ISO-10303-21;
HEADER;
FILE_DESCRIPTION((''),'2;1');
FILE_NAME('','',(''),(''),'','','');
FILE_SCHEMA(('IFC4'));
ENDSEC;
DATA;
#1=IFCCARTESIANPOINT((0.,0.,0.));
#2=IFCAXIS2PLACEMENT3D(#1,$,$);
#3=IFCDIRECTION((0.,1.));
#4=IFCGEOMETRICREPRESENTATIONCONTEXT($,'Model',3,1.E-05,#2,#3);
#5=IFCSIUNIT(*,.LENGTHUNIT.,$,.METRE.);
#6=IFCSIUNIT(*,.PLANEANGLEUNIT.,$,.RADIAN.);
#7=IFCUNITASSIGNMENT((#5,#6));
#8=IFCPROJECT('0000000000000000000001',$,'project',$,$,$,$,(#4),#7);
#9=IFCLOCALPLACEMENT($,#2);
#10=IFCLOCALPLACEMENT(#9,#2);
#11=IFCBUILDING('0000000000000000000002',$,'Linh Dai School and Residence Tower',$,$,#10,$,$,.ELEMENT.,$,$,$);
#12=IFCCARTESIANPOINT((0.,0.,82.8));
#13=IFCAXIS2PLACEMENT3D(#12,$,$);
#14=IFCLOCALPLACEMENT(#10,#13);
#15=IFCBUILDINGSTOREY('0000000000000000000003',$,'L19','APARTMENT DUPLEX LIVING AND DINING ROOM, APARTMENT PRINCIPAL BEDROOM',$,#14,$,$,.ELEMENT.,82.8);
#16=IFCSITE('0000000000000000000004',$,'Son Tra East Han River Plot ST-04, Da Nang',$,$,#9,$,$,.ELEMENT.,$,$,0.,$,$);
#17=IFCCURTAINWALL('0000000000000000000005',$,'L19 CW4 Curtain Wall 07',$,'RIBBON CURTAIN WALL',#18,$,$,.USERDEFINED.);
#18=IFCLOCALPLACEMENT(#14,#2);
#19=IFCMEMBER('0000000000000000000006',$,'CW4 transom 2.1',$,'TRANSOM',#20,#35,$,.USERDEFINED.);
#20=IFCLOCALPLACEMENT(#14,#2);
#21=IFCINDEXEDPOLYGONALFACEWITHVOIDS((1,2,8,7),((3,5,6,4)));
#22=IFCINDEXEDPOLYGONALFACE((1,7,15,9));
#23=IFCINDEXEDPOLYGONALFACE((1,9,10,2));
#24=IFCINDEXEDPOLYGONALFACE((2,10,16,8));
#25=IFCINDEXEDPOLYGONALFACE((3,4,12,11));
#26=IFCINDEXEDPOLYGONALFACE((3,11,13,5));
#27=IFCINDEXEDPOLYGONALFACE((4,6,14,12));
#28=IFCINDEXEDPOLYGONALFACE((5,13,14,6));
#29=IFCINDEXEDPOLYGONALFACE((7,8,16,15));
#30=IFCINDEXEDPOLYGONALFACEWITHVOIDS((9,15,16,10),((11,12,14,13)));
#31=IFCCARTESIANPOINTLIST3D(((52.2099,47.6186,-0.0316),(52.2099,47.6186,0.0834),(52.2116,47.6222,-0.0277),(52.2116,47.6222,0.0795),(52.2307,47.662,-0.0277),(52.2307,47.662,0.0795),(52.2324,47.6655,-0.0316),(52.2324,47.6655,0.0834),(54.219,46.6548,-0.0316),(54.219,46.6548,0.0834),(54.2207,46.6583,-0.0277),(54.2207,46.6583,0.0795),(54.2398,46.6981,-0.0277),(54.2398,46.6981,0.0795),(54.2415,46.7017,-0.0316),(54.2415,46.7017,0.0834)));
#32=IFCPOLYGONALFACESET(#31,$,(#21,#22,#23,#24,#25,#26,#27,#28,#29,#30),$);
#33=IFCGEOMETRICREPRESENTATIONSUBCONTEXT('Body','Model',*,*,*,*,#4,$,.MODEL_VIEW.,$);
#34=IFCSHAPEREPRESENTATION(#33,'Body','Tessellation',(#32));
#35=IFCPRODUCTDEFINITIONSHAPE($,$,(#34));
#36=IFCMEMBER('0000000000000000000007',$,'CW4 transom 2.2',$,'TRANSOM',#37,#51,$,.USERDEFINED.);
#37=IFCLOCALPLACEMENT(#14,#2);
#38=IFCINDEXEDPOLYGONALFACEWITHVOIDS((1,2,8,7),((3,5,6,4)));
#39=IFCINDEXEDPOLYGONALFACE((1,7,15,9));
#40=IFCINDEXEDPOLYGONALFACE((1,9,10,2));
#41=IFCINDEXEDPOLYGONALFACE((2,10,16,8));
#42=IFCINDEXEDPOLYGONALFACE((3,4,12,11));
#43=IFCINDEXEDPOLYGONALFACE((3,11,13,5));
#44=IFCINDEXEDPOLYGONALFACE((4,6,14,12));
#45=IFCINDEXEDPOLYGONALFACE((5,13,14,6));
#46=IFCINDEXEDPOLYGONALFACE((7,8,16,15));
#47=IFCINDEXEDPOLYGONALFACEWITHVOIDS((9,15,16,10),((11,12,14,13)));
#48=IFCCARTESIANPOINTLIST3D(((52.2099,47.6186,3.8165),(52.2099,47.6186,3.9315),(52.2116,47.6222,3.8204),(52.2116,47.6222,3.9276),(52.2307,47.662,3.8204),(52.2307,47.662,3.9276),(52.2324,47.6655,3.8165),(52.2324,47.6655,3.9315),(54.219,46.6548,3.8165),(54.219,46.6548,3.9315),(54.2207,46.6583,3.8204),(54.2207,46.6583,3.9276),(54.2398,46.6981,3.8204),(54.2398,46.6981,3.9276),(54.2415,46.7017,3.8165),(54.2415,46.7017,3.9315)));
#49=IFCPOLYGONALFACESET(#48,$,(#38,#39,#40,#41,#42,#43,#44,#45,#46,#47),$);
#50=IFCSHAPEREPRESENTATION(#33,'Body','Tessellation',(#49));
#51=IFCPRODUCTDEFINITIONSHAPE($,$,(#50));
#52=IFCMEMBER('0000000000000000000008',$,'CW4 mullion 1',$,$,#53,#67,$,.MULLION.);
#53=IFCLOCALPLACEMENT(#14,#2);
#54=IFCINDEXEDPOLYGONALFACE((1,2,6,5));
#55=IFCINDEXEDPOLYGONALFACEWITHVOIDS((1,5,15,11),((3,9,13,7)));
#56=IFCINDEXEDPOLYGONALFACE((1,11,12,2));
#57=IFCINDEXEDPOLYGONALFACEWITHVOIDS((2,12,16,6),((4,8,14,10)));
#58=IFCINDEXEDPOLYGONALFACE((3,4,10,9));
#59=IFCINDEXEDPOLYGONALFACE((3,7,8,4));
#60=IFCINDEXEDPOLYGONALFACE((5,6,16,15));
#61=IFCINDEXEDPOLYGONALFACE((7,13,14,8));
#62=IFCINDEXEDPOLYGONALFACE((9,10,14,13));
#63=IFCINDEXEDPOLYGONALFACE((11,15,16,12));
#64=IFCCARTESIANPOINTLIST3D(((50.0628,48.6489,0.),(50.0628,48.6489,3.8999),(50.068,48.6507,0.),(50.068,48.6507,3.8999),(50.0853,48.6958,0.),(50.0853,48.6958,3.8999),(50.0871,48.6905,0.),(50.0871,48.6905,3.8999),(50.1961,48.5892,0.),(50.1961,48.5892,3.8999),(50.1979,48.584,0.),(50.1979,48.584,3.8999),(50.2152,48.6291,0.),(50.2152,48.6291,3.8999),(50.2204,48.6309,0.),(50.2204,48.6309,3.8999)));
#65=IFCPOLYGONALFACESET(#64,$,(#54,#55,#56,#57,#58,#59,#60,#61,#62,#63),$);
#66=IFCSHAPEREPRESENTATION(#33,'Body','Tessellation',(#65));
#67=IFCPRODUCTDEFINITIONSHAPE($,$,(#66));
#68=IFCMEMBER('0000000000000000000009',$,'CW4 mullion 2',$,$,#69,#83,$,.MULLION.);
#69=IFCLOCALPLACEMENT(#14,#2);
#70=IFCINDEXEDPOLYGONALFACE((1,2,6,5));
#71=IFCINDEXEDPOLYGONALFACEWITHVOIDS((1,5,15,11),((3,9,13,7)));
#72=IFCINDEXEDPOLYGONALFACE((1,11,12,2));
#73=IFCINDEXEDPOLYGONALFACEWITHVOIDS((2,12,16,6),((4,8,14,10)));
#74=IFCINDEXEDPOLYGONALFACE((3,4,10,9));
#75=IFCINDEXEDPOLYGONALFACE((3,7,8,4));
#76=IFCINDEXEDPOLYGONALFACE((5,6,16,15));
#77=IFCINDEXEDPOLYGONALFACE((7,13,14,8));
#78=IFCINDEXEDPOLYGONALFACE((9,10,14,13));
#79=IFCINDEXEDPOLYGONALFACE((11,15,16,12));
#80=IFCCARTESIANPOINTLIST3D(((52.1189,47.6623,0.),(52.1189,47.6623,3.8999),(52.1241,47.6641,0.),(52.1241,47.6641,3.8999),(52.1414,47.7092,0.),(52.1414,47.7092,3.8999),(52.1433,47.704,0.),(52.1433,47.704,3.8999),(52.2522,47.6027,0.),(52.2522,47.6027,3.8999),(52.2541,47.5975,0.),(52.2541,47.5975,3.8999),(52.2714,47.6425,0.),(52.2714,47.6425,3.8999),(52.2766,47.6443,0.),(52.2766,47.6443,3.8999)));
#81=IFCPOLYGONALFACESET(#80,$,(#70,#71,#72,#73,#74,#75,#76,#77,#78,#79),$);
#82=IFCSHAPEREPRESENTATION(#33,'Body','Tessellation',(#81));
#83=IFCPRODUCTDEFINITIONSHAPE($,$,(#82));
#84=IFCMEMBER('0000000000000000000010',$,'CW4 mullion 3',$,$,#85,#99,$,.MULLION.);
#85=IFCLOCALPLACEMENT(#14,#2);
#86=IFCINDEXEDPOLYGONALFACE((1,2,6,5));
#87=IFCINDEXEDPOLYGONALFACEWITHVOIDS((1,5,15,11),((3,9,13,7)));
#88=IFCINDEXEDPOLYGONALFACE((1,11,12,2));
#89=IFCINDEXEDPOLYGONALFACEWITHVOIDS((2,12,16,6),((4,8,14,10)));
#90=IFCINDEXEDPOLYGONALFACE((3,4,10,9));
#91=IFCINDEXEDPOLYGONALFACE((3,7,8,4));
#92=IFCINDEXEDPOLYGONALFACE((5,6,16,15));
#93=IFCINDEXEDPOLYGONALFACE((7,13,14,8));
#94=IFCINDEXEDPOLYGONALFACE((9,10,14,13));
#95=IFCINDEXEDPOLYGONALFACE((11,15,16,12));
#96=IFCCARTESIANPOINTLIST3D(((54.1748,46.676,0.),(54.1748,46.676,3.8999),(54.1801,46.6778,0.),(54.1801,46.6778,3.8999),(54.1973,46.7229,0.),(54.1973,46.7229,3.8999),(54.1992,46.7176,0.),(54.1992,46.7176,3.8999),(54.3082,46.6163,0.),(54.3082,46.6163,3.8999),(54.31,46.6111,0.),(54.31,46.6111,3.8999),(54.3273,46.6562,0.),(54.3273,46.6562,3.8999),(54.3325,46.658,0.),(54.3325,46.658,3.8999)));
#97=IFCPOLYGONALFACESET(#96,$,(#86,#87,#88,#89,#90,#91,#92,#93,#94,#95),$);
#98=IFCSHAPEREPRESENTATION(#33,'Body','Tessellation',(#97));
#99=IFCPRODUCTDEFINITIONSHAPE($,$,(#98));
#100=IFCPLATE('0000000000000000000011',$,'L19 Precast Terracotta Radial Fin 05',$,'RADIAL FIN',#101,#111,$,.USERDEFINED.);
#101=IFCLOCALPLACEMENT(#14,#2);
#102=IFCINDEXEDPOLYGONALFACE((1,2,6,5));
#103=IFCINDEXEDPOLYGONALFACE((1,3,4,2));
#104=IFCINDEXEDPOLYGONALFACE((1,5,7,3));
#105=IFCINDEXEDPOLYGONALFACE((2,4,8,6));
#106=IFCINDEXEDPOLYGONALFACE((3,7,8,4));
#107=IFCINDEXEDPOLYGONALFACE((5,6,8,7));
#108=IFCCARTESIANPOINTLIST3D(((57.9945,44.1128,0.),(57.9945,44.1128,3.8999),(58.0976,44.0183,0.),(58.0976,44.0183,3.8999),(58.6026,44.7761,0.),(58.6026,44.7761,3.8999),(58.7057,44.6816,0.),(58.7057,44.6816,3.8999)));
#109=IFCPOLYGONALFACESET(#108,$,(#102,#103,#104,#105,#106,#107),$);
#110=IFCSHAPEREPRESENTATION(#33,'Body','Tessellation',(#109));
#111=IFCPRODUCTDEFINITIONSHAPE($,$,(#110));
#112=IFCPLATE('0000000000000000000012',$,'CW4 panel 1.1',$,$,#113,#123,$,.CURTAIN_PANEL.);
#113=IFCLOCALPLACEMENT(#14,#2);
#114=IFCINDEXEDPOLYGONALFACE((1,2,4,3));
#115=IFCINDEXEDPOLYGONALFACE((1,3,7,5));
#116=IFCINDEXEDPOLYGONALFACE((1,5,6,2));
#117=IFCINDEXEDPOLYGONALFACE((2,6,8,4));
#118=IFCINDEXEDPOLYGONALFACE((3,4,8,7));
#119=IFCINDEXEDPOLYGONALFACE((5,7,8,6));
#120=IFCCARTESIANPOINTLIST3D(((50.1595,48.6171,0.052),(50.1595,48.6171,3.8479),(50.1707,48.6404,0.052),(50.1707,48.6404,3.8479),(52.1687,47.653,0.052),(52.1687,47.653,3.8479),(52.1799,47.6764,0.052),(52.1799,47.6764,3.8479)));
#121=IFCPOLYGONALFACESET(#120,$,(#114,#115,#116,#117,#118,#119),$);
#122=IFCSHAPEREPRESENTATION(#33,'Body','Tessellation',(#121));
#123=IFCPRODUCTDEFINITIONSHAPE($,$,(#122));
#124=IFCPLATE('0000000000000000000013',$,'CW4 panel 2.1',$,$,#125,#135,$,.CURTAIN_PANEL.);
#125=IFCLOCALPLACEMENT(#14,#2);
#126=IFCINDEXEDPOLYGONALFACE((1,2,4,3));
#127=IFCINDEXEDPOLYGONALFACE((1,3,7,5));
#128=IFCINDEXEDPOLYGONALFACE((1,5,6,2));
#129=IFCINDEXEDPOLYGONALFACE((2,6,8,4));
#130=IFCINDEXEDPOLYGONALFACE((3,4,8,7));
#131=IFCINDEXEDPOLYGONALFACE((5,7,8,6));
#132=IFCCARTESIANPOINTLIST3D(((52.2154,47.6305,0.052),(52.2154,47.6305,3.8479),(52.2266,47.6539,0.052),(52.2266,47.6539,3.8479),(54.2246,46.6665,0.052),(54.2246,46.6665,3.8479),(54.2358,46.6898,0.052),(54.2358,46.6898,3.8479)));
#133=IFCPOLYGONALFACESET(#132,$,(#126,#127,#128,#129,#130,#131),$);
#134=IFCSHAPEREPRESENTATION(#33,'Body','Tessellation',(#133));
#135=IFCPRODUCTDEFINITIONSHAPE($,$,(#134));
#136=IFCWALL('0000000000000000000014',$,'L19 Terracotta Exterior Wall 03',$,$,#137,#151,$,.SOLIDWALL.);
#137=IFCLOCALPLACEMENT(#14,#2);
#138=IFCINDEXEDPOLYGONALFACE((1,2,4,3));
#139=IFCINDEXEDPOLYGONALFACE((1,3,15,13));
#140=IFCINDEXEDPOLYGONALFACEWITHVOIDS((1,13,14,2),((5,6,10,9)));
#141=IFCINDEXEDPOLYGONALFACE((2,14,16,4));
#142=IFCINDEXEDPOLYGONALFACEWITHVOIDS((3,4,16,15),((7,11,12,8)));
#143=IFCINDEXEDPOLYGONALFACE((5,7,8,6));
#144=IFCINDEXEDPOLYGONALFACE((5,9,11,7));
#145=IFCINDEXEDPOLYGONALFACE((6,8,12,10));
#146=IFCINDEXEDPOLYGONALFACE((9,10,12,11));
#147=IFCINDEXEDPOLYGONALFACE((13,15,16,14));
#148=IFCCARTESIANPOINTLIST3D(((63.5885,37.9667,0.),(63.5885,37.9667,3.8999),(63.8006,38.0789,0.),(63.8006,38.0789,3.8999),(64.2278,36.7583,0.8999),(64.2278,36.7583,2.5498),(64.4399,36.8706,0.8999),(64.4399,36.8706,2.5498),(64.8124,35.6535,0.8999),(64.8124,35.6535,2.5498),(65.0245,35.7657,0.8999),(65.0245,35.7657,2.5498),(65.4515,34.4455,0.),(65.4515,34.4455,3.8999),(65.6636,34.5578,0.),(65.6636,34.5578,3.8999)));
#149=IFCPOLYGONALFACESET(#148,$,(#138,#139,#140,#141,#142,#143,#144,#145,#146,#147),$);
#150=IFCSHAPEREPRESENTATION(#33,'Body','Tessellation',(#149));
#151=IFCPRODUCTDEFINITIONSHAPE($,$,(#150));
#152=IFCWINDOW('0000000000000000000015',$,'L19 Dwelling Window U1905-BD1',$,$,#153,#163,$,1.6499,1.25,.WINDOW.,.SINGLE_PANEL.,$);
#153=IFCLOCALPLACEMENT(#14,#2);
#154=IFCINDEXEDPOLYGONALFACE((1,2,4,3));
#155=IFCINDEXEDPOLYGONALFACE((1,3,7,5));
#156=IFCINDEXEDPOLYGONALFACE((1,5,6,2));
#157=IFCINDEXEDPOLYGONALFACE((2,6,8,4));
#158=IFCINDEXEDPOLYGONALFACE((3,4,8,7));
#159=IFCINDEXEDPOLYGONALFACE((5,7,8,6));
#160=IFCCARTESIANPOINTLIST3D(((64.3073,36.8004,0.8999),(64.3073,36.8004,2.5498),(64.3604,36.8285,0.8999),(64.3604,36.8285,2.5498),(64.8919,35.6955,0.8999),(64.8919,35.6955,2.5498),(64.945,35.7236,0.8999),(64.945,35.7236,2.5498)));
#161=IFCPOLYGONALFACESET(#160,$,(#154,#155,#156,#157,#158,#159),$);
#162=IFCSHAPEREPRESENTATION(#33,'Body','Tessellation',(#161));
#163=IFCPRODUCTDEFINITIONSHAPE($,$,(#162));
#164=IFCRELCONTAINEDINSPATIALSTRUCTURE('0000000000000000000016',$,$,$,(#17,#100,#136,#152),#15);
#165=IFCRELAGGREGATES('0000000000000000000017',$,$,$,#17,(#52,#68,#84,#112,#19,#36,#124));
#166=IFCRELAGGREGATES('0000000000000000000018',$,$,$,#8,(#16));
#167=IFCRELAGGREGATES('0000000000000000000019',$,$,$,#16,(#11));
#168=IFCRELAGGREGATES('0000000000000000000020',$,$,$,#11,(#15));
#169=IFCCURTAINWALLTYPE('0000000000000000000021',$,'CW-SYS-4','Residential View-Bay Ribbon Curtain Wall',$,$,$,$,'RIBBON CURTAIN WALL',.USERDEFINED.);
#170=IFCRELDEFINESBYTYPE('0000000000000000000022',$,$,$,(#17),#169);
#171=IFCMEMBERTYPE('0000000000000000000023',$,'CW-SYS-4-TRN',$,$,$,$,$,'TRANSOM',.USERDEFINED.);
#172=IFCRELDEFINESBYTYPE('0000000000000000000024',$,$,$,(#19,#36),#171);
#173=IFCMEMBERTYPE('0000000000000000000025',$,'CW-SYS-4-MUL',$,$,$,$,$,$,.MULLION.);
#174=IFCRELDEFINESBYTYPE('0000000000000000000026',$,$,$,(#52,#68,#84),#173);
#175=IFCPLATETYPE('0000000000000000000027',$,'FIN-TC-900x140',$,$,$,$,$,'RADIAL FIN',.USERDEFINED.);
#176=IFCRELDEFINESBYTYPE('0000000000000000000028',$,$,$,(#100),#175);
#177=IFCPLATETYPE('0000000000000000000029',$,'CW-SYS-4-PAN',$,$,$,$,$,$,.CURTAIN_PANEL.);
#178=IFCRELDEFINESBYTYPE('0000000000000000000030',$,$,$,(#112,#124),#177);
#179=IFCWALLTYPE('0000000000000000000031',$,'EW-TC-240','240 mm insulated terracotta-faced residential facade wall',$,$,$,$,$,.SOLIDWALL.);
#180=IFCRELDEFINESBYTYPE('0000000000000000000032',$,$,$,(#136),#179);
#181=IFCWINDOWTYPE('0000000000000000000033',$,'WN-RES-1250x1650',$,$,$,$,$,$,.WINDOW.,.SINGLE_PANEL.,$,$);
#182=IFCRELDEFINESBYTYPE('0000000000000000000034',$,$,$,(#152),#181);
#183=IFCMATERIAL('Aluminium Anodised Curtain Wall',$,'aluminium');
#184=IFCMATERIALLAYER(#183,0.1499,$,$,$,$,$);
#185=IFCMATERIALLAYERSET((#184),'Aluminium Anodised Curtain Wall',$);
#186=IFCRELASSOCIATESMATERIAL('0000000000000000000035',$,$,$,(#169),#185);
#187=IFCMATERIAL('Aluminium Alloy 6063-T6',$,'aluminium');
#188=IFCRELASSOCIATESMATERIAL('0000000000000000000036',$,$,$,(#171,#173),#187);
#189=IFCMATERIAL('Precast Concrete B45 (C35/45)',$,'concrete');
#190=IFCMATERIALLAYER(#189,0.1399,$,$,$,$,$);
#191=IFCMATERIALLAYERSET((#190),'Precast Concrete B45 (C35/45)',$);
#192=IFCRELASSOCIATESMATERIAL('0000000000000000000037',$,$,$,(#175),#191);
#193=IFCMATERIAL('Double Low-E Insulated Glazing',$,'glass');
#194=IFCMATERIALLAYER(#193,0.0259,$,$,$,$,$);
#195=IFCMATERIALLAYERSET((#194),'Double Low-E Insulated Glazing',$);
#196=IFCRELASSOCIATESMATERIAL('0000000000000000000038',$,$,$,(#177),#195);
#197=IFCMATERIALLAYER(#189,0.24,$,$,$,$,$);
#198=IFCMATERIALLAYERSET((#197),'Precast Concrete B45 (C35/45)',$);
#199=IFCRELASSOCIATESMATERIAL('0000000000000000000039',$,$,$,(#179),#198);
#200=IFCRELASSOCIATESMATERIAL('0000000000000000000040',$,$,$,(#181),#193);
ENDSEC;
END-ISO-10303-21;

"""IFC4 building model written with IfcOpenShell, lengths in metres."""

from ifc_helpers import new_model, si_unit, direction, frame, frame_2d, origin, origin_2d, place, context, subcontext, project, spatial, rectangle, hollow_rectangle, extrude, source, transform, mapped, material, layer, layer_set, material_profile, profile_set, type_object, element, fill, aggregate, save


model = new_model("IFC4")

# Units and contexts
model_context = context("Model", 3, precision=1e-05, world=origin(), true_north=direction((0.0, 1.0)))
body_context = subcontext(model_context, "Body", "Model", "MODEL_VIEW")
ifc_project = project(units=[si_unit("LENGTHUNIT", "METRE"), si_unit("PLANEANGLEUNIT", "RADIAN")], contexts=[model_context])

# Site, building, storey
site_placement = place(None, origin())
site = spatial("IfcSite", under=ifc_project, at=site_placement, Name="Son Tra East Han River Plot ST-04, Da Nang", CompositionType="ELEMENT", RefElevation=0.0)
building_placement = place(site_placement, origin())
building = spatial("IfcBuilding", under=site, at=building_placement, Name="Linh Dai School and Residence Tower", CompositionType="ELEMENT")
storey_placement = place(building_placement, frame((0.0, 0.0, 82.8)))
storey = spatial("IfcBuildingStorey", under=building, at=storey_placement, Name="L19", Description="APARTMENT DUPLEX LIVING AND DINING ROOM, APARTMENT PRINCIPAL BEDROOM", CompositionType="ELEMENT", Elevation=82.8)

# Curtain wall, members
ifc_material_1 = material(Name="Aluminium Anodised Curtain Wall", Category="aluminium")
ifc_layer_1 = layer(ifc_material_1, 0.1499)
ifc_layer_set_1 = layer_set([ifc_layer_1], Name="Aluminium Anodised Curtain Wall")
curtain_wall_type = type_object("IfcCurtainWallType", Name="CW-SYS-4", Description="Residential View-Bay Ribbon Curtain Wall", ElementType="RIBBON CURTAIN WALL", PredefinedType="USERDEFINED", material=ifc_layer_set_1)
curtain_wall_placement = place(storey_placement, origin())
curtain_wall = element("IfcCurtainWall", 1, at=curtain_wall_placement, inside=storey, type_object=curtain_wall_type, Name="L19 CW4 Curtain Wall 07", ObjectType="RIBBON CURTAIN WALL", PredefinedType="USERDEFINED")
ifc_material_2 = material(Name="Aluminium Alloy 6063-T6", Category="aluminium")
ifc_material_profile_1 = material_profile(ifc_material_2, hollow_rectangle(XDim=0.052, YDim=0.115, WallThickness=0.0039, at=origin_2d()), Name="RHS 115x52x4")
ifc_profile_set_1 = profile_set([ifc_material_profile_1], Name="Aluminium Alloy 6063-T6")
member_type_1 = type_object("IfcMemberType", Name="CW-SYS-4-TRN", ElementType="TRANSOM", PredefinedType="USERDEFINED", material=ifc_profile_set_1)
shared_shape_1 = source(origin(), body_context, "Body", "SweptSolid", [
    extrude(hollow_rectangle(XDim=0.052, YDim=0.115, WallThickness=0.0039, at=origin_2d()), origin(), (0.0, 0.0, 1.0), 2.2283),
])
member_1_placement = place(storey_placement, frame((52.2212, 47.6421, 0.0259), z_axis=(0.901605, -0.43256, 0.0), x_axis=(0.43256, 0.901605, 0.0)))
member_1 = element("IfcMember", 2, at=member_1_placement, type_object=member_type_1, Name="CW4 transom 2.1", ObjectType="TRANSOM", PredefinedType="USERDEFINED", context=body_context, shape_type="MappedRepresentation", body=[
    mapped(shared_shape_1, transform((0.0, 0.0, 0.0), x_axis=(1.0, 0.0, 0.0), y_axis=(0.0, 1.0, 0.0), z_axis=(0.0, 0.0, 1.0), scale=1.0)),
])
member_2_placement = place(storey_placement, frame((52.2212, 47.6421, 3.874), z_axis=(0.901605, -0.43256, 0.0), x_axis=(0.43256, 0.901605, 0.0)))
member_2 = element("IfcMember", 3, at=member_2_placement, type_object=member_type_1, Name="CW4 transom 2.2", ObjectType="TRANSOM", PredefinedType="USERDEFINED", context=body_context, shape_type="MappedRepresentation", body=[
    mapped(shared_shape_1, transform((0.0, 0.0, 0.0), x_axis=(1.0, 0.0, 0.0), y_axis=(0.0, 1.0, 0.0), z_axis=(0.0, 0.0, 1.0), scale=1.0)),
])
ifc_material_profile_2 = material_profile(ifc_material_2, hollow_rectangle(XDim=0.052, YDim=0.1499, WallThickness=0.0039, at=origin_2d()), Name="RHS 150x52x4")
ifc_profile_set_2 = profile_set([ifc_material_profile_2], Name="Aluminium Alloy 6063-T6")
member_type_2 = type_object("IfcMemberType", Name="CW-SYS-4-MUL", PredefinedType="MULLION", material=ifc_profile_set_2)
shared_shape_2 = source(origin(), body_context, "Body", "SweptSolid", [
    extrude(hollow_rectangle(XDim=0.052, YDim=0.1499, WallThickness=0.0039, at=origin_2d()), origin(), (0.0, 0.0, 1.0), 3.8999),
])
member_3_placement = place(storey_placement, frame((50.1416, 48.6399, 0.0), z_axis=(0.0, 0.0, 1.0), x_axis=(0.432603, 0.901585, 0.0)))
member_3 = element("IfcMember", 4, at=member_3_placement, type_object=member_type_2, Name="CW4 mullion 1", PredefinedType="MULLION", context=body_context, shape_type="MappedRepresentation", body=[
    mapped(shared_shape_2, transform((0.0, 0.0, 0.0), x_axis=(1.0, 0.0, 0.0), y_axis=(0.0, 1.0, 0.0), z_axis=(0.0, 0.0, 1.0), scale=1.0)),
])
member_4_placement = place(storey_placement, frame((52.1978, 47.6533, 0.0), z_axis=(0.0, 0.0, 1.0), x_axis=(0.432603, 0.901585, 0.0)))
member_4 = element("IfcMember", 5, at=member_4_placement, type_object=member_type_2, Name="CW4 mullion 2", PredefinedType="MULLION", context=body_context, shape_type="MappedRepresentation", body=[
    mapped(shared_shape_2, transform((0.0, 0.0, 0.0), x_axis=(1.0, 0.0, 0.0), y_axis=(0.0, 1.0, 0.0), z_axis=(0.0, 0.0, 1.0), scale=1.0)),
])
member_5_placement = place(storey_placement, frame((54.2537, 46.667, 0.0), z_axis=(0.0, 0.0, 1.0), x_axis=(0.432603, 0.901585, 0.0)))
member_5 = element("IfcMember", 6, at=member_5_placement, type_object=member_type_2, Name="CW4 mullion 3", PredefinedType="MULLION", context=body_context, shape_type="MappedRepresentation", body=[
    mapped(shared_shape_2, transform((0.0, 0.0, 0.0), x_axis=(1.0, 0.0, 0.0), y_axis=(0.0, 1.0, 0.0), z_axis=(0.0, 0.0, 1.0), scale=1.0)),
])

# Plates
ifc_material_3 = material(Name="Precast Concrete B45 (C35/45)", Category="concrete")
ifc_layer_2 = layer(ifc_material_3, 0.1399)
ifc_layer_set_2 = layer_set([ifc_layer_2], Name="Precast Concrete B45 (C35/45)")
plate_type_1 = type_object("IfcPlateType", Name="FIN-TC-900x140", ElementType="RADIAL FIN", PredefinedType="USERDEFINED", material=ifc_layer_set_2)
shared_shape_3 = source(origin(), body_context, "Body", "SweptSolid", [
    extrude(rectangle(XDim=0.8999, YDim=0.1399, at=origin_2d()), origin(), (0.0, 0.0, 1.0), 3.8999),
])
plate_1_placement = place(storey_placement, frame((58.3501, 44.3972, 0.0), z_axis=(0.0, 0.0, 1.0), x_axis=(0.675769, 0.737113, 0.0)))
element("IfcPlate", 7, at=plate_1_placement, inside=storey, type_object=plate_type_1, Name="L19 Precast Terracotta Radial Fin 05", ObjectType="RADIAL FIN", PredefinedType="USERDEFINED", context=body_context, shape_type="MappedRepresentation", body=[
    mapped(shared_shape_3, transform((0.0, 0.0, 0.0), x_axis=(1.0, 0.0, 0.0), y_axis=(0.0, 1.0, 0.0), z_axis=(0.0, 0.0, 1.0), scale=1.0)),
])
ifc_material_4 = material(Name="Double Low-E Insulated Glazing", Category="glass")
ifc_layer_3 = layer(ifc_material_4, 0.0259)
ifc_layer_set_3 = layer_set([ifc_layer_3], Name="Double Low-E Insulated Glazing")
plate_type_2 = type_object("IfcPlateType", Name="CW-SYS-4-PAN", PredefinedType="CURTAIN_PANEL", material=ifc_layer_set_3)
shared_shape_4 = source(origin(), body_context, "Body", "SweptSolid", [
    extrude(rectangle(XDim=2.2285, YDim=0.0259, at=origin_2d()), origin(), (0.0, 0.0, 1.0), 3.7959),
])
plate_2_placement = place(storey_placement, frame((51.1697, 48.1467, 0.052), z_axis=(0.0, 0.0, 1.0), x_axis=(0.901585, -0.432603, 0.0)))
plate_2 = element("IfcPlate", 8, at=plate_2_placement, type_object=plate_type_2, Name="CW4 panel 1.1", PredefinedType="CURTAIN_PANEL", context=body_context, shape_type="MappedRepresentation", body=[
    mapped(shared_shape_4, transform((0.0, 0.0, 0.0), x_axis=(1.0, 0.0, 0.0), y_axis=(0.0, 1.0, 0.0), z_axis=(0.0, 0.0, 1.0), scale=1.0)),
])
plate_3_placement = place(storey_placement, frame((53.2256, 47.1602, 0.052), z_axis=(0.0, 0.0, 1.0), x_axis=(0.901585, -0.432603, 0.0)))
plate_3 = element("IfcPlate", 9, at=plate_3_placement, type_object=plate_type_2, Name="CW4 panel 2.1", PredefinedType="CURTAIN_PANEL", context=body_context, shape_type="MappedRepresentation", body=[
    mapped(shared_shape_4, transform((0.0, 0.0, 0.0), x_axis=(1.0, 0.0, 0.0), y_axis=(0.0, 1.0, 0.0), z_axis=(0.0, 0.0, 1.0), scale=1.0)),
])
aggregate(curtain_wall, [member_3, member_4, member_5, plate_2, member_1, member_2, plate_3])

# Wall, opening, window
ifc_layer_4 = layer(ifc_material_3, 0.24)
ifc_layer_set_4 = layer_set([ifc_layer_4], Name="Precast Concrete B45 (C35/45)")
wall_type_1 = type_object("IfcWallType", Name="EW-TC-240", Description="240 mm insulated terracotta-faced residential facade wall", PredefinedType="SOLIDWALL", material=ifc_layer_set_4)
wall_1_placement = place(storey_placement, frame((63.6946, 38.0227, 0.0), z_axis=(0.0, 0.0, 1.0), x_axis=(0.467662, -0.883907, 0.0)))
wall_1 = element("IfcWall", 10, at=wall_1_placement, inside=storey, type_object=wall_type_1, Name="L19 Terracotta Exterior Wall 03", PredefinedType="SOLIDWALL", context=body_context, shape_type="SweptSolid", body=[
    extrude(rectangle(XDim=3.9836, YDim=0.24, at=frame_2d((1.9917, 0.0))), origin(), (0.0, 0.0, 1.0), 3.8999),
])
opening_1_placement = place(wall_1_placement, frame((1.3669, 0.0, 0.8999)))
opening_1 = element("IfcOpeningElement", 11, at=opening_1_placement, cuts=wall_1, PredefinedType="OPENING", context=body_context, shape_type="SweptSolid", body=[
    extrude(rectangle(XDim=1.25, YDim=1.6499, at=origin_2d()), frame((0.625, 0.1299, 0.825), z_axis=(0.0, -1.0, 0.0), x_axis=(1.0, 0.0, 0.0)), (0.0, 0.0, 1.0), 0.26),
])
window_type_1 = type_object("IfcWindowType", Name="WN-RES-1250x1650", PartitioningType="SINGLE_PANEL", PredefinedType="WINDOW", material=ifc_material_4)
shared_shape_5 = source(origin(), body_context, "Body", "SweptSolid", [
    extrude(rectangle(XDim=1.25, YDim=1.6499, at=origin_2d()), frame((0.625, 0.03, 0.825), z_axis=(0.0, -1.0, 0.0), x_axis=(1.0, 0.0, 0.0)), (0.0, 0.0, 1.0), 0.0601),
])
window_1_placement = place(opening_1_placement, origin())
window_1 = element("IfcWindow", 12, at=window_1_placement, inside=storey, type_object=window_type_1, Name="L19 Dwelling Window U1905-BD1", OverallHeight=1.6499, OverallWidth=1.25, PartitioningType="SINGLE_PANEL", PredefinedType="WINDOW", context=body_context, shape_type="MappedRepresentation", body=[
    mapped(shared_shape_5, transform((0.0, 0.0, 0.0), x_axis=(1.0, 0.0, 0.0), y_axis=(0.0, 1.0, 0.0), z_axis=(0.0, 0.0, 1.0), scale=1.0)),
])
fill(opening_1, window_1)

save(model, "model.ifc")
